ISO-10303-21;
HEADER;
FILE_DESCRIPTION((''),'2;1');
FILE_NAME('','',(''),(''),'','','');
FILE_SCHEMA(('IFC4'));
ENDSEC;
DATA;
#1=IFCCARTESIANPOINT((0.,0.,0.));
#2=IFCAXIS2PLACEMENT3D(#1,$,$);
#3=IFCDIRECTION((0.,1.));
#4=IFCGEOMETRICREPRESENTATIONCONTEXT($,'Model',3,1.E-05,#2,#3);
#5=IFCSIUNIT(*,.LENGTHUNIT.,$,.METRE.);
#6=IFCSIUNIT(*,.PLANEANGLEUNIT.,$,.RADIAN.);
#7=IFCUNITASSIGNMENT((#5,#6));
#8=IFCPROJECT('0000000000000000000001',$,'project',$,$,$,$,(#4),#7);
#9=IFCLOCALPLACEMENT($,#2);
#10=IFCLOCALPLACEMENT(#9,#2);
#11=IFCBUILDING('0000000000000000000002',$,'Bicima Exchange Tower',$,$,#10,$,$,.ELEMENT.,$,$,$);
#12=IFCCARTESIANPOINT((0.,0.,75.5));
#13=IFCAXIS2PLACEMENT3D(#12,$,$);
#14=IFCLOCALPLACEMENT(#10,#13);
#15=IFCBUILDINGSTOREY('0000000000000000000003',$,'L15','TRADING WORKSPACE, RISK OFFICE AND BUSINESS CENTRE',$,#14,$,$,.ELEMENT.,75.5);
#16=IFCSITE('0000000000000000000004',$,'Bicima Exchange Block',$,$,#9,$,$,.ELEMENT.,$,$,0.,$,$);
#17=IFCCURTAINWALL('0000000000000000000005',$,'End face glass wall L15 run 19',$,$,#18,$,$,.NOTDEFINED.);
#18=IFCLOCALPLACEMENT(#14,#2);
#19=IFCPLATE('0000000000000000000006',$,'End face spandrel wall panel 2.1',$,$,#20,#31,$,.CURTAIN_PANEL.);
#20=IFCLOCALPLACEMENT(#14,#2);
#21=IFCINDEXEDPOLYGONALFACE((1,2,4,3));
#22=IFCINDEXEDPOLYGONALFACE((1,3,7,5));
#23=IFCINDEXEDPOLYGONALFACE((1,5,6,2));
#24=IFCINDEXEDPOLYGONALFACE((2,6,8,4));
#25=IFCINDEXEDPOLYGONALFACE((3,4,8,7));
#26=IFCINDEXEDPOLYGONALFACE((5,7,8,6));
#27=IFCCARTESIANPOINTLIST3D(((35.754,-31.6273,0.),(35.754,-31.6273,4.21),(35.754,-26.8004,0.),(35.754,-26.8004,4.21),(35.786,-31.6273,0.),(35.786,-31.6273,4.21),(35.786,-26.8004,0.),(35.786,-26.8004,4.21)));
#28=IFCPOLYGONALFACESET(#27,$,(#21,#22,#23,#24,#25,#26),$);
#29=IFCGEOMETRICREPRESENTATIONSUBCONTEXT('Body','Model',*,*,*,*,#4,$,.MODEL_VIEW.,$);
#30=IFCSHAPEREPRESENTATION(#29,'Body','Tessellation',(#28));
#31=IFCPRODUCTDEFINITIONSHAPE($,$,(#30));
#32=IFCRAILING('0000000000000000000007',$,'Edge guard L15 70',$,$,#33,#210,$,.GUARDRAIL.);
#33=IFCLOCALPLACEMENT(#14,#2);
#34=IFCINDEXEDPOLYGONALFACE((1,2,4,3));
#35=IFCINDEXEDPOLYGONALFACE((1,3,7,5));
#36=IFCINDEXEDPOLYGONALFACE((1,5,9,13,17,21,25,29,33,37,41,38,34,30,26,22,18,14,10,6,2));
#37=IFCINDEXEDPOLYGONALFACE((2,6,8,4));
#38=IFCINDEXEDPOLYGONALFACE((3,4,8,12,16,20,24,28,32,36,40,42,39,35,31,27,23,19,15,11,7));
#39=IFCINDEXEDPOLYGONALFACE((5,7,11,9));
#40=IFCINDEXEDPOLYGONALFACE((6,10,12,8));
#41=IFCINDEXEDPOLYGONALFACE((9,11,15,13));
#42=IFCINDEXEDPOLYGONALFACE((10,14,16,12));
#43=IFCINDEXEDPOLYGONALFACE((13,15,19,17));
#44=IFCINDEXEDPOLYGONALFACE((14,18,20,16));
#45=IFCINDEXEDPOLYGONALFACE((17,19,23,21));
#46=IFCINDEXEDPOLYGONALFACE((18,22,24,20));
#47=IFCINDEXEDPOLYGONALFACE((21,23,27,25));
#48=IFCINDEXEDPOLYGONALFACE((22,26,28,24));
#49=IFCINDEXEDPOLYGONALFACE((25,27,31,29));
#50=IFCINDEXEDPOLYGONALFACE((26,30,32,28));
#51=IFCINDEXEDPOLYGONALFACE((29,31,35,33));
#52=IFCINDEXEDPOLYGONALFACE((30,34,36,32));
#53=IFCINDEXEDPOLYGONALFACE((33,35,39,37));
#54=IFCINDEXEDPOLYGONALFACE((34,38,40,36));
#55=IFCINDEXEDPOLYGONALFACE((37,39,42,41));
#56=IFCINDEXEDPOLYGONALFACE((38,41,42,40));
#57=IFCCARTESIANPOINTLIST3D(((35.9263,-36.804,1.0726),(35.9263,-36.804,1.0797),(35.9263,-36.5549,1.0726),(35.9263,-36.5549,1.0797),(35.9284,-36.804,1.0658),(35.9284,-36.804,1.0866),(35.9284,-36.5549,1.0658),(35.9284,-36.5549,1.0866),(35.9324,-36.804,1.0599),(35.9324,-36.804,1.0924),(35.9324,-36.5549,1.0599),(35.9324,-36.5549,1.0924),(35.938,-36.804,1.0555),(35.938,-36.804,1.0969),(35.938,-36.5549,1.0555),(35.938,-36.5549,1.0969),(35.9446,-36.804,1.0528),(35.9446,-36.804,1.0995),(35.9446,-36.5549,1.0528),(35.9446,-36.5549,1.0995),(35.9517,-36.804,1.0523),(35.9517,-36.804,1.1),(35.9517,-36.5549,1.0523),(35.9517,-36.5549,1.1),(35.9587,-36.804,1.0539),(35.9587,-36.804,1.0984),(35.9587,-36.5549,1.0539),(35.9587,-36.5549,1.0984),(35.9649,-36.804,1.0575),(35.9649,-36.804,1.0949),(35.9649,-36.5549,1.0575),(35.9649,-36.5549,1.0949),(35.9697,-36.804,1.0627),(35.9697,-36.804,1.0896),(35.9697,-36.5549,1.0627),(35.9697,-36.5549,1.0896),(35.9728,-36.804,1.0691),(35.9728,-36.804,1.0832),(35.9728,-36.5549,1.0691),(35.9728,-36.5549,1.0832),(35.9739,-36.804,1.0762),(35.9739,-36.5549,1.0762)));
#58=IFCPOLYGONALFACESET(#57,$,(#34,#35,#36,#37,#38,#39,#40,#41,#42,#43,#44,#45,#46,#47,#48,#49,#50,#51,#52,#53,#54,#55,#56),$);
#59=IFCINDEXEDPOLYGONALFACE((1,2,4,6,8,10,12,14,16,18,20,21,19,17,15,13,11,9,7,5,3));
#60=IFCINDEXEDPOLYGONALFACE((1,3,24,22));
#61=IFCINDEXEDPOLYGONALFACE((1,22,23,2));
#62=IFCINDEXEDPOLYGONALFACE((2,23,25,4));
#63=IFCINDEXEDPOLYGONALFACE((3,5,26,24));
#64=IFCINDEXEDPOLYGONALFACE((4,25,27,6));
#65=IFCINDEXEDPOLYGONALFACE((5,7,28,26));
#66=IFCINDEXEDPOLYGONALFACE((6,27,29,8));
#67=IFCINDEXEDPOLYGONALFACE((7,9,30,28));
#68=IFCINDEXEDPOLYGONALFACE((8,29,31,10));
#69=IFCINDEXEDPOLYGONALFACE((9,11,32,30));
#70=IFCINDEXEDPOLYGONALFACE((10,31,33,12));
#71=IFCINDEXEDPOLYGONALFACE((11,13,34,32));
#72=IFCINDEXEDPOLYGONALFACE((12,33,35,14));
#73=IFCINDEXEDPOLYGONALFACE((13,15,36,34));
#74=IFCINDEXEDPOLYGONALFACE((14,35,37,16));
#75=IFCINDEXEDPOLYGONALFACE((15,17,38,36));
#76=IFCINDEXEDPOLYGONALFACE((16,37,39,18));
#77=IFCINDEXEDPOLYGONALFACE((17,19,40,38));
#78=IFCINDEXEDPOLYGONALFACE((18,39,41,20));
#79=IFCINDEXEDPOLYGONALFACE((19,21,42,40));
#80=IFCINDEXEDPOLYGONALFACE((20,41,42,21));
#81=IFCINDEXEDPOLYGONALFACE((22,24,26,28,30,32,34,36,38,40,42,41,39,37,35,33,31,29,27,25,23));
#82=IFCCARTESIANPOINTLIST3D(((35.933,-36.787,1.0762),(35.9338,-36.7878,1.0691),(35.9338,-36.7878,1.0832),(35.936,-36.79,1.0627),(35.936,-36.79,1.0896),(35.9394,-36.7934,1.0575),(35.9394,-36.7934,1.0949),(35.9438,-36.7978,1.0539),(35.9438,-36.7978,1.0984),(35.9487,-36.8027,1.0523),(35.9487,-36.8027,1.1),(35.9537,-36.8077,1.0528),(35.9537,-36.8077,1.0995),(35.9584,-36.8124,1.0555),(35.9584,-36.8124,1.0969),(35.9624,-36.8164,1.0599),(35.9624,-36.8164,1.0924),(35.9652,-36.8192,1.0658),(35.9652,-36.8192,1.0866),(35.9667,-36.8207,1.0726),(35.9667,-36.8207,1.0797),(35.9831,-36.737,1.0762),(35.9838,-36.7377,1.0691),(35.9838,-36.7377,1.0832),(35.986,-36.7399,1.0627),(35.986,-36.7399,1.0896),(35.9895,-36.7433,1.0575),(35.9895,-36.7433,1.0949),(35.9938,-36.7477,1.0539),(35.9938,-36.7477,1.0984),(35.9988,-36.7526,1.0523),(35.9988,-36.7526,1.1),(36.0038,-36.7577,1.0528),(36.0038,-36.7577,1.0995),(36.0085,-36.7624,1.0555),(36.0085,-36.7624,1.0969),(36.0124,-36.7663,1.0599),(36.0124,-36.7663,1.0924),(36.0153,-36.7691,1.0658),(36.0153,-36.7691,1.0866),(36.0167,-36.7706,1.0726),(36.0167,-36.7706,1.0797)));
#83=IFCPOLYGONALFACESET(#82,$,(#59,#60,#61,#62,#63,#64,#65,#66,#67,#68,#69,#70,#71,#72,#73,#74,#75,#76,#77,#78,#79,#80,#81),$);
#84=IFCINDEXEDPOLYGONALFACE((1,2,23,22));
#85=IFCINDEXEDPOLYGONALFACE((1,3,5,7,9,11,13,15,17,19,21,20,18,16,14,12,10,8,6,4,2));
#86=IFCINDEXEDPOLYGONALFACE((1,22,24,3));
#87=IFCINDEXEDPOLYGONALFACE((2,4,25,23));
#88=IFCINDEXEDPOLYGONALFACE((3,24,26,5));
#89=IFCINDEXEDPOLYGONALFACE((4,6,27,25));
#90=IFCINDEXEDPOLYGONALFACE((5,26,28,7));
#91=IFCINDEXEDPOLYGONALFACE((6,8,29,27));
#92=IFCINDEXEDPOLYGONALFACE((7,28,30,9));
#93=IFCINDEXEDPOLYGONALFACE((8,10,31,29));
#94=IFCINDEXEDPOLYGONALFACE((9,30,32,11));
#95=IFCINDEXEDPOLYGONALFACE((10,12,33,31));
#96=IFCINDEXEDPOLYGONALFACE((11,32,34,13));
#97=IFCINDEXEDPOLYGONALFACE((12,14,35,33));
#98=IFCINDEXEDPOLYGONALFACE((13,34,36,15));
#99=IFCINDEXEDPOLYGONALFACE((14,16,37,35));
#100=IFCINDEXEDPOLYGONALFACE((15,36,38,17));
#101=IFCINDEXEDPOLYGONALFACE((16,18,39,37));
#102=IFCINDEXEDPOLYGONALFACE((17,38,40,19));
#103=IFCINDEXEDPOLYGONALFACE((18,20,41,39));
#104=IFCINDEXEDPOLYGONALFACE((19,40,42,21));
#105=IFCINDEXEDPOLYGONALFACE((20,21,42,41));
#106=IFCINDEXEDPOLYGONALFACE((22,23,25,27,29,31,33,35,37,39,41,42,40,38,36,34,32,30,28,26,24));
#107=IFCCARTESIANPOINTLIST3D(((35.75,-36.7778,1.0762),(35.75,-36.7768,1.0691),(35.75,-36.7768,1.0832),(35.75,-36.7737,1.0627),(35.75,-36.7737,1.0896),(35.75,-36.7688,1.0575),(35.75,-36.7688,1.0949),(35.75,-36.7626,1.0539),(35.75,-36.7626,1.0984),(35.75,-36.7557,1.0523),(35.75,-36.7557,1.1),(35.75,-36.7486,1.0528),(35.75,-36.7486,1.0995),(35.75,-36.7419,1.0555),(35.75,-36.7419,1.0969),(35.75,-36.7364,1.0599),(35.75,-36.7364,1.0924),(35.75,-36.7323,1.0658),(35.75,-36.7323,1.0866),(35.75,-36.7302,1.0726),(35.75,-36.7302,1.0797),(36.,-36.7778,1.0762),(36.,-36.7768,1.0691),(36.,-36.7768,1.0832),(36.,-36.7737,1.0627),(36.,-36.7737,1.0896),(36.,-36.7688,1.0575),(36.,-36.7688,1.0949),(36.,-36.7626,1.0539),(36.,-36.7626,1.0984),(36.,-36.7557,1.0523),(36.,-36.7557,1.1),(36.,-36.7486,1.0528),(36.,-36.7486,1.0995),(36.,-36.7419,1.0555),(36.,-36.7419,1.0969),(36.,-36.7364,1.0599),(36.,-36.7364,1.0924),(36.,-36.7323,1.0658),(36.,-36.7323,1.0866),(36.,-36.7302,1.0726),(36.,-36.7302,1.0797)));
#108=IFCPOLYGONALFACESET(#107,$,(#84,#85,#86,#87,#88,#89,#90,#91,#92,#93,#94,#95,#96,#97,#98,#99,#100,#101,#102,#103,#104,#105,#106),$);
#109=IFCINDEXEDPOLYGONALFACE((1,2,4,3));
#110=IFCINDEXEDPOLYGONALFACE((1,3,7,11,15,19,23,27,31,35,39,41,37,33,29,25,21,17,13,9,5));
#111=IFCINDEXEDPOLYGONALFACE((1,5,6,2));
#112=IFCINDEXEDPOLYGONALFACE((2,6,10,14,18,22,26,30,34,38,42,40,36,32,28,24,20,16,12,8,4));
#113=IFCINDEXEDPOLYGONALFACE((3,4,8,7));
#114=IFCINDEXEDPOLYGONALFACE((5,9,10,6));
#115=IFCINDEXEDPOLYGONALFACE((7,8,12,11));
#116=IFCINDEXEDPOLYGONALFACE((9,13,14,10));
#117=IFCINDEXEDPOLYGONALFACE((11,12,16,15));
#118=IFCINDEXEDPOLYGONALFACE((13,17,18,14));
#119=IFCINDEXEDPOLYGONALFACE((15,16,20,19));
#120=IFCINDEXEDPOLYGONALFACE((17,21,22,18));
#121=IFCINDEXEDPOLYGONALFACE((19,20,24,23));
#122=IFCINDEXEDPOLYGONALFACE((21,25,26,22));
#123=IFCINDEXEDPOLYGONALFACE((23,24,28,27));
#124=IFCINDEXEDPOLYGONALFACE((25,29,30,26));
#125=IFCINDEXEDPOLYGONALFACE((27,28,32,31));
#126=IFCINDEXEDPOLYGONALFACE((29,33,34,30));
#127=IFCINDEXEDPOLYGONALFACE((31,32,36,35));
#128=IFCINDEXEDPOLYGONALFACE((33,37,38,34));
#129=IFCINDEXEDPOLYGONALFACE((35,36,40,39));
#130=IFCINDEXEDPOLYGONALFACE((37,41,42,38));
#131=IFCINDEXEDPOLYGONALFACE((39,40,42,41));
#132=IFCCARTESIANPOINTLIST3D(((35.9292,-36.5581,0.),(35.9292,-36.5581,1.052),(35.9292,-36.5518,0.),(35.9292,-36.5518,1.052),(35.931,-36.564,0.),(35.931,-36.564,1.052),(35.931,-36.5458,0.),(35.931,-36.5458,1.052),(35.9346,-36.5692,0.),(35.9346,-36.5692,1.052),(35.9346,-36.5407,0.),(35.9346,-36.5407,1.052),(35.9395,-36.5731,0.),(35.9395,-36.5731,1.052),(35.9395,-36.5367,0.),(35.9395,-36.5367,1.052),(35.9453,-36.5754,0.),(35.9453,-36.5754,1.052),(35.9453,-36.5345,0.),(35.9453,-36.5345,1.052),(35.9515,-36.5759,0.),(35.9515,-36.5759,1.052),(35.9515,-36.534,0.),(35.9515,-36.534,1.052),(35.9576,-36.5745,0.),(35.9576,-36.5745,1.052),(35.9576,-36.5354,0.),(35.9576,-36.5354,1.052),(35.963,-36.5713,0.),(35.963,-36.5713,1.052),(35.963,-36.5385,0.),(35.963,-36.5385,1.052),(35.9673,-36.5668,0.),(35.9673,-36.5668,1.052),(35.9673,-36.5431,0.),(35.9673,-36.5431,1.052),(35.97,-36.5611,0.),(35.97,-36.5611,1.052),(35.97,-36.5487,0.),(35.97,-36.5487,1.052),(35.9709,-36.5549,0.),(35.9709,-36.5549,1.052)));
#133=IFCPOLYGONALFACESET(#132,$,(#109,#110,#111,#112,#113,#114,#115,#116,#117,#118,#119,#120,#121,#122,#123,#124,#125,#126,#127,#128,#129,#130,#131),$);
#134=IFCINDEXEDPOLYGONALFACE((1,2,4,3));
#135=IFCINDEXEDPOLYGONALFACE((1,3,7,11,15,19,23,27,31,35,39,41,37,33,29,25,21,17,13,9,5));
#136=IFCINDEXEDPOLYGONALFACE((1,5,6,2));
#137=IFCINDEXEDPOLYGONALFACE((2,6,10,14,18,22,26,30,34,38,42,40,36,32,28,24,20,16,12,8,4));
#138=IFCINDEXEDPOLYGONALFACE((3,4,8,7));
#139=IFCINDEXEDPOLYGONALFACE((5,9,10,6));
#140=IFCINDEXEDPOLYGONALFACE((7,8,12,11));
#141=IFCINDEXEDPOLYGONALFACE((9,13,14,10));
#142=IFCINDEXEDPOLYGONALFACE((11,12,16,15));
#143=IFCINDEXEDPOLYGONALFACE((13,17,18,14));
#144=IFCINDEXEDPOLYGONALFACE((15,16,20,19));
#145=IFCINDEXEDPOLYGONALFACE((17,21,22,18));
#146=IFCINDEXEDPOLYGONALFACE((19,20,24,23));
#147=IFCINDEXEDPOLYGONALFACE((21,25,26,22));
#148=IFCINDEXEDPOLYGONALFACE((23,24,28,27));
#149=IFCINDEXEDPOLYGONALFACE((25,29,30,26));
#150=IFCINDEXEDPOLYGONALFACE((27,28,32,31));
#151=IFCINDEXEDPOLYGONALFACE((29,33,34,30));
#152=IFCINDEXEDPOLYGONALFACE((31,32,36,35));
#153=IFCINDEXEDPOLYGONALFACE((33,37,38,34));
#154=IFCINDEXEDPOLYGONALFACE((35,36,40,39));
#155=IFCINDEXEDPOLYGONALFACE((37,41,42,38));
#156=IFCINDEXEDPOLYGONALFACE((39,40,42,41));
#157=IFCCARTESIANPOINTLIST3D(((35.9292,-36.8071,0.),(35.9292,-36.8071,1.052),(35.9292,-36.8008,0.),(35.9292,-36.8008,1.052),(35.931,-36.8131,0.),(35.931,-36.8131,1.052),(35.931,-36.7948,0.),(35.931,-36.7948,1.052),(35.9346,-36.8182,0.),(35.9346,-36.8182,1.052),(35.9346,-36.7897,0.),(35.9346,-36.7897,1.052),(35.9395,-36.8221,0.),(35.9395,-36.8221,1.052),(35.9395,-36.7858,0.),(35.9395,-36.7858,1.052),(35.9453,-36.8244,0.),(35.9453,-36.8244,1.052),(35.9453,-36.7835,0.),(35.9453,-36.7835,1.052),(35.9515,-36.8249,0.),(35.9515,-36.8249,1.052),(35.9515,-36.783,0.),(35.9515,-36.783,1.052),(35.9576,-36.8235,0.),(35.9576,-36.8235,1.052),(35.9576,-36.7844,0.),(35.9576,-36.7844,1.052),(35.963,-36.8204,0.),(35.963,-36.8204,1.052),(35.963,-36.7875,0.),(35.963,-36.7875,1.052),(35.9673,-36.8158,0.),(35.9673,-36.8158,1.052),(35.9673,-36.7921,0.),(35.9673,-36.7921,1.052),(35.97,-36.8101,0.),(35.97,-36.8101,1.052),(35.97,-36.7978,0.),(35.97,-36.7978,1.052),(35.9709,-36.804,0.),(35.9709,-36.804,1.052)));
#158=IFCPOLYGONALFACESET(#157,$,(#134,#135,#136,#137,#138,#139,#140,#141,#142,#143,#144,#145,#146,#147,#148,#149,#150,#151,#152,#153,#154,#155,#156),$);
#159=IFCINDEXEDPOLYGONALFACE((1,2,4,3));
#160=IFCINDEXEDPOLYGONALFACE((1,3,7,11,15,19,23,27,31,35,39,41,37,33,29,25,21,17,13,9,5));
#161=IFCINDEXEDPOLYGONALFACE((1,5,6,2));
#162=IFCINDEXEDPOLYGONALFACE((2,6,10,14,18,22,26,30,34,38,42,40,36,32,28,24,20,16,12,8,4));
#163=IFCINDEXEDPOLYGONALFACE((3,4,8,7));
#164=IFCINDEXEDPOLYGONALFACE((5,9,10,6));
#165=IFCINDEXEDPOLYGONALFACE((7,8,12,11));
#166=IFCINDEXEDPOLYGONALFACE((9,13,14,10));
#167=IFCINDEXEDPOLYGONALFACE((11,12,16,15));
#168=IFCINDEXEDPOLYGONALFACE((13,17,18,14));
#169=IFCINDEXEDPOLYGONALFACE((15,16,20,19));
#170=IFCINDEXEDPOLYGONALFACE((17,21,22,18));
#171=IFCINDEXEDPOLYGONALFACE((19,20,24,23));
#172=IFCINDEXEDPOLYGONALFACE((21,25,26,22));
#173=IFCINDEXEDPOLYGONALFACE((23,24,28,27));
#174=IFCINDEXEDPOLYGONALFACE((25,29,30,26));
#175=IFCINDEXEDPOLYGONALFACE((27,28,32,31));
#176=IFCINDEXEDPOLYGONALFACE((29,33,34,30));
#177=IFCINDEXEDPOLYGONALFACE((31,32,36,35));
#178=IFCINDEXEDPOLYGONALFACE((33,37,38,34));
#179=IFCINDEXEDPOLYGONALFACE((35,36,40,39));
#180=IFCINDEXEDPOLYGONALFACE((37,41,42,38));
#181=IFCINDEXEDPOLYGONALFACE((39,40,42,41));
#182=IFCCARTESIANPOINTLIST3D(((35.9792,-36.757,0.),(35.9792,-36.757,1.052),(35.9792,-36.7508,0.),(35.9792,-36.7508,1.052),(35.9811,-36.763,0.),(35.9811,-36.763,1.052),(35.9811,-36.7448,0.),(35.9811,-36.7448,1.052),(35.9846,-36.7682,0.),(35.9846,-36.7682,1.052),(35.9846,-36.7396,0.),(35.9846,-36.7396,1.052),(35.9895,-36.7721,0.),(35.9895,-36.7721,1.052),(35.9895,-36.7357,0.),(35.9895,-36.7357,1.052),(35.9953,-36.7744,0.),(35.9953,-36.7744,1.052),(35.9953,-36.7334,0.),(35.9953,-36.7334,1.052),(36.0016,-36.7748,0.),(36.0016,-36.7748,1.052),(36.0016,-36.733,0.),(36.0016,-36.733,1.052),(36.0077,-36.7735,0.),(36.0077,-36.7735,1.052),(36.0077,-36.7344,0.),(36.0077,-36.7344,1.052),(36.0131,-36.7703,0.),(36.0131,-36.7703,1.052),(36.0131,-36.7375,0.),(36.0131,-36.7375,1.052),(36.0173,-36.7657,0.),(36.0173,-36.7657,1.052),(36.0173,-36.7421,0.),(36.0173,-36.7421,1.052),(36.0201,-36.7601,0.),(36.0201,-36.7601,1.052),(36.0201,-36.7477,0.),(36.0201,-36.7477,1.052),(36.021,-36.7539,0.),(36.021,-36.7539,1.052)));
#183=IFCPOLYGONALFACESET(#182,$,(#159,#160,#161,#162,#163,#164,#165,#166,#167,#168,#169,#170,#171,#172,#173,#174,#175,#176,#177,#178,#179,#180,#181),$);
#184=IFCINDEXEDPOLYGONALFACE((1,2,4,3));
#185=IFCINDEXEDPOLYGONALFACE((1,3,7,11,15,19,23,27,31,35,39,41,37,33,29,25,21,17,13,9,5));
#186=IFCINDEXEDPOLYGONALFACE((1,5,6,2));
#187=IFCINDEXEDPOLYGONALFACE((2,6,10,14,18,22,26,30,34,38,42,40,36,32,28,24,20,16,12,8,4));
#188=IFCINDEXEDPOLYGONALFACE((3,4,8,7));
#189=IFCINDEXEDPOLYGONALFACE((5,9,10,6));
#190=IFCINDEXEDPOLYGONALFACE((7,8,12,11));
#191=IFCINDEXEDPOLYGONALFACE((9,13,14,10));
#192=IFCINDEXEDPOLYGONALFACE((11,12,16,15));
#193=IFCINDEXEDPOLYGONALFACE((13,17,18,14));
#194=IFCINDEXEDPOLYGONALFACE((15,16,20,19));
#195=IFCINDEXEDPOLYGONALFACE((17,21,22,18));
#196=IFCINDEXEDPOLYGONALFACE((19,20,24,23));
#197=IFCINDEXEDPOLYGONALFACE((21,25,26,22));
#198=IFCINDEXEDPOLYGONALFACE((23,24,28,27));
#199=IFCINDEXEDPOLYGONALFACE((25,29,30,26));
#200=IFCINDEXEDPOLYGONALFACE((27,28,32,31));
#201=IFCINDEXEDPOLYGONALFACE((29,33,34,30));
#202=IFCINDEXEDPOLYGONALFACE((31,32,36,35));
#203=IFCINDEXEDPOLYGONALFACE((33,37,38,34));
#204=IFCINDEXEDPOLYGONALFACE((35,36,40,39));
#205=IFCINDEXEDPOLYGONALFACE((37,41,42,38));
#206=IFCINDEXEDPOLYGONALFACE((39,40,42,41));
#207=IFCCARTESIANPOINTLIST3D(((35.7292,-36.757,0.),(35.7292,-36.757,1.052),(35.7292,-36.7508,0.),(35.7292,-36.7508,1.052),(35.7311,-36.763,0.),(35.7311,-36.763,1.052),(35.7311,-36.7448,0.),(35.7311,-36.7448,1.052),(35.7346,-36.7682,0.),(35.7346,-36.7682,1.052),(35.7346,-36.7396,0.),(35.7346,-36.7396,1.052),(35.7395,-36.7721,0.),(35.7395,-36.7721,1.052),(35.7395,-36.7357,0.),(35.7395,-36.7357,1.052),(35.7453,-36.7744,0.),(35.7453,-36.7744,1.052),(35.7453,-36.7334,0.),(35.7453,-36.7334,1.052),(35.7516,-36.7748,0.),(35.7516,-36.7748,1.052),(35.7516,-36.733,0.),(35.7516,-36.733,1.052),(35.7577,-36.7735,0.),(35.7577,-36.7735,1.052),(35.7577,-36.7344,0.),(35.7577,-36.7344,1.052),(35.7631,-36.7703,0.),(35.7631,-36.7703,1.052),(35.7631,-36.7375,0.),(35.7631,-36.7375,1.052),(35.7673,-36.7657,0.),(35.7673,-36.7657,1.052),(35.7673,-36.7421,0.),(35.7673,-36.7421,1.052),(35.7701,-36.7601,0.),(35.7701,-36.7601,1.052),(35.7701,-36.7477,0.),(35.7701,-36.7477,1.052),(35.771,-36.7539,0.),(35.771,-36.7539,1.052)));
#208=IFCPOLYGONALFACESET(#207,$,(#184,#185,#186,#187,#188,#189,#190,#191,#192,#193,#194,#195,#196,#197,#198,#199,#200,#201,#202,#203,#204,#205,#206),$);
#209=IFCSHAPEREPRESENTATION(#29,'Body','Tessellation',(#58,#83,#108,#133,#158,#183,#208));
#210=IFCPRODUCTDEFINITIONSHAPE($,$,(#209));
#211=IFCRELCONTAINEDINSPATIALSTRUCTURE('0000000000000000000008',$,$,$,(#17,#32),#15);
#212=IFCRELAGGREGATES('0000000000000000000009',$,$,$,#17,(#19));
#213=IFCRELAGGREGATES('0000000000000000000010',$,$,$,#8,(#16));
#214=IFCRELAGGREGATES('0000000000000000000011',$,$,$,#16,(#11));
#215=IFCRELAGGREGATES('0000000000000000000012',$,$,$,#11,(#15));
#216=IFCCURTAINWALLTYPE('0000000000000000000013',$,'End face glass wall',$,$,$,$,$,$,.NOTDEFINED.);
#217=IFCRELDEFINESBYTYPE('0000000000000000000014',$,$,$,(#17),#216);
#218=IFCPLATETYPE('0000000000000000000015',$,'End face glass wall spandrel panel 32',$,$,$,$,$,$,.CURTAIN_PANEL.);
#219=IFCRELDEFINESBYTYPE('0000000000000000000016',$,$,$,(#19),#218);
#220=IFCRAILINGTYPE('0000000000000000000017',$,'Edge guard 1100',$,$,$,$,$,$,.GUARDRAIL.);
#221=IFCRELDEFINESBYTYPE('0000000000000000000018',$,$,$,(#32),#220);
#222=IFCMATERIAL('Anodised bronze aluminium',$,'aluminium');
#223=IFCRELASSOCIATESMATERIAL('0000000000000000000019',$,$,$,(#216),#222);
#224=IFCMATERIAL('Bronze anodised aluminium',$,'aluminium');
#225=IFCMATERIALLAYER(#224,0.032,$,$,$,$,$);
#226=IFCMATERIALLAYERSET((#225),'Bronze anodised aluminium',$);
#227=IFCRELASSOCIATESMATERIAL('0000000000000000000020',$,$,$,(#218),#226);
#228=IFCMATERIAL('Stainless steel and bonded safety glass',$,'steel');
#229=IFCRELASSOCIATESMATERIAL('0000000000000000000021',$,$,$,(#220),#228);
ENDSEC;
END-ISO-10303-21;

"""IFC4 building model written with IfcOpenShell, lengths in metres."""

from ifc_helpers import new_model, si_unit, direction, frame, origin, origin_2d, place, context, subcontext, project, spatial, rectangle, circle, extrude, material, layer, layer_set, type_object, element, aggregate, save


model = new_model("IFC4")

# Units and contexts
model_context = context("Model", 3, precision=1e-05, world=origin(), true_north=direction((0.0, 1.0)))
body_context = subcontext(model_context, "Body", "Model", "MODEL_VIEW")
ifc_project = project(units=[si_unit("LENGTHUNIT", "METRE"), si_unit("PLANEANGLEUNIT", "RADIAN")], contexts=[model_context])

# Site, building, storey
site_placement = place(None, origin())
site = spatial("IfcSite", under=ifc_project, at=site_placement, Name="Bicima Exchange Block", CompositionType="ELEMENT", RefElevation=0.0)
building_placement = place(site_placement, origin())
building = spatial("IfcBuilding", under=site, at=building_placement, Name="Bicima Exchange Tower", CompositionType="ELEMENT")
storey_placement = place(building_placement, frame((0.0, 0.0, 75.5)))
storey = spatial("IfcBuildingStorey", under=building, at=storey_placement, Name="L15", Description="TRADING WORKSPACE, RISK OFFICE AND BUSINESS CENTRE", CompositionType="ELEMENT", Elevation=75.5)

# Curtain wall
ifc_material_1 = material(Name="Anodised bronze aluminium", Category="aluminium")
curtain_wall_type = type_object("IfcCurtainWallType", Name="End face glass wall", PredefinedType="NOTDEFINED", material=ifc_material_1)
curtain_wall_placement = place(storey_placement, origin())
curtain_wall = element("IfcCurtainWall", 1, at=curtain_wall_placement, inside=storey, type_object=curtain_wall_type, Name="End face glass wall L15 run 19", PredefinedType="NOTDEFINED")

# Plate
ifc_material_2 = material(Name="Bronze anodised aluminium", Category="aluminium")
ifc_layer_1 = layer(ifc_material_2, 0.032)
ifc_layer_set_1 = layer_set([ifc_layer_1], Name="Bronze anodised aluminium")
plate_type_1 = type_object("IfcPlateType", Name="End face glass wall spandrel panel 32", PredefinedType="CURTAIN_PANEL", material=ifc_layer_set_1)
plate_1_placement = place(storey_placement, frame((35.77, -29.2139, 0.0), z_axis=(0.0, 0.0, 1.0), x_axis=(0.0, 1.0, 0.0)))
plate_1 = element("IfcPlate", 2, at=plate_1_placement, type_object=plate_type_1, Name="End face spandrel wall panel 2.1", PredefinedType="CURTAIN_PANEL", context=body_context, shape_type="SweptSolid", body=[
    extrude(rectangle(XDim=4.8269, YDim=0.032, at=origin_2d()), origin(), (0.0, 0.0, 1.0), 4.21),
])
aggregate(curtain_wall, [plate_1])

# Railing
ifc_material_3 = material(Name="Stainless steel and bonded safety glass", Category="steel")
railing_type = type_object("IfcRailingType", Name="Edge guard 1100", PredefinedType="GUARDRAIL", material=ifc_material_3)
railing_placement = place(storey_placement, frame((35.95, -36.5549, 0.0)))
element("IfcRailing", 3, at=railing_placement, inside=storey, type_object=railing_type, Name="Edge guard L15 70", PredefinedType="GUARDRAIL", context=body_context, shape_type="SweptSolid", body=[
    extrude(circle(Radius=0.0239, at=origin_2d()), frame((0.0, 0.0, 1.0762), z_axis=(0.0, -1.0, 0.0), x_axis=(1.0, 0.0, 0.0)), (0.0, 0.0, 1.0), 0.249),
    extrude(circle(Radius=0.0239, at=origin_2d()), frame((0.0, -0.249, 1.0762), z_axis=(0.707107, 0.707107, 0.0), x_axis=(-0.707107, 0.707107, 0.0)), (0.0, 0.0, 1.0), 0.0708),
    extrude(circle(Radius=0.0239, at=origin_2d()), frame((0.05, -0.199, 1.0762), z_axis=(-1.0, 0.0, 0.0), x_axis=(0.0, -1.0, 0.0)), (0.0, 0.0, 1.0), 0.25),
    extrude(circle(Radius=0.021, at=origin_2d()), origin(), (0.0, 0.0, 1.0), 1.052),
    extrude(circle(Radius=0.021, at=origin_2d()), frame((0.0, -0.249, 0.0)), (0.0, 0.0, 1.0), 1.052),
    extrude(circle(Radius=0.021, at=origin_2d()), frame((0.05, -0.199, 0.0)), (0.0, 0.0, 1.0), 1.052),
    extrude(circle(Radius=0.021, at=origin_2d()), frame((-0.2, -0.199, 0.0)), (0.0, 0.0, 1.0), 1.052),
])

save(model, "model.ifc")
